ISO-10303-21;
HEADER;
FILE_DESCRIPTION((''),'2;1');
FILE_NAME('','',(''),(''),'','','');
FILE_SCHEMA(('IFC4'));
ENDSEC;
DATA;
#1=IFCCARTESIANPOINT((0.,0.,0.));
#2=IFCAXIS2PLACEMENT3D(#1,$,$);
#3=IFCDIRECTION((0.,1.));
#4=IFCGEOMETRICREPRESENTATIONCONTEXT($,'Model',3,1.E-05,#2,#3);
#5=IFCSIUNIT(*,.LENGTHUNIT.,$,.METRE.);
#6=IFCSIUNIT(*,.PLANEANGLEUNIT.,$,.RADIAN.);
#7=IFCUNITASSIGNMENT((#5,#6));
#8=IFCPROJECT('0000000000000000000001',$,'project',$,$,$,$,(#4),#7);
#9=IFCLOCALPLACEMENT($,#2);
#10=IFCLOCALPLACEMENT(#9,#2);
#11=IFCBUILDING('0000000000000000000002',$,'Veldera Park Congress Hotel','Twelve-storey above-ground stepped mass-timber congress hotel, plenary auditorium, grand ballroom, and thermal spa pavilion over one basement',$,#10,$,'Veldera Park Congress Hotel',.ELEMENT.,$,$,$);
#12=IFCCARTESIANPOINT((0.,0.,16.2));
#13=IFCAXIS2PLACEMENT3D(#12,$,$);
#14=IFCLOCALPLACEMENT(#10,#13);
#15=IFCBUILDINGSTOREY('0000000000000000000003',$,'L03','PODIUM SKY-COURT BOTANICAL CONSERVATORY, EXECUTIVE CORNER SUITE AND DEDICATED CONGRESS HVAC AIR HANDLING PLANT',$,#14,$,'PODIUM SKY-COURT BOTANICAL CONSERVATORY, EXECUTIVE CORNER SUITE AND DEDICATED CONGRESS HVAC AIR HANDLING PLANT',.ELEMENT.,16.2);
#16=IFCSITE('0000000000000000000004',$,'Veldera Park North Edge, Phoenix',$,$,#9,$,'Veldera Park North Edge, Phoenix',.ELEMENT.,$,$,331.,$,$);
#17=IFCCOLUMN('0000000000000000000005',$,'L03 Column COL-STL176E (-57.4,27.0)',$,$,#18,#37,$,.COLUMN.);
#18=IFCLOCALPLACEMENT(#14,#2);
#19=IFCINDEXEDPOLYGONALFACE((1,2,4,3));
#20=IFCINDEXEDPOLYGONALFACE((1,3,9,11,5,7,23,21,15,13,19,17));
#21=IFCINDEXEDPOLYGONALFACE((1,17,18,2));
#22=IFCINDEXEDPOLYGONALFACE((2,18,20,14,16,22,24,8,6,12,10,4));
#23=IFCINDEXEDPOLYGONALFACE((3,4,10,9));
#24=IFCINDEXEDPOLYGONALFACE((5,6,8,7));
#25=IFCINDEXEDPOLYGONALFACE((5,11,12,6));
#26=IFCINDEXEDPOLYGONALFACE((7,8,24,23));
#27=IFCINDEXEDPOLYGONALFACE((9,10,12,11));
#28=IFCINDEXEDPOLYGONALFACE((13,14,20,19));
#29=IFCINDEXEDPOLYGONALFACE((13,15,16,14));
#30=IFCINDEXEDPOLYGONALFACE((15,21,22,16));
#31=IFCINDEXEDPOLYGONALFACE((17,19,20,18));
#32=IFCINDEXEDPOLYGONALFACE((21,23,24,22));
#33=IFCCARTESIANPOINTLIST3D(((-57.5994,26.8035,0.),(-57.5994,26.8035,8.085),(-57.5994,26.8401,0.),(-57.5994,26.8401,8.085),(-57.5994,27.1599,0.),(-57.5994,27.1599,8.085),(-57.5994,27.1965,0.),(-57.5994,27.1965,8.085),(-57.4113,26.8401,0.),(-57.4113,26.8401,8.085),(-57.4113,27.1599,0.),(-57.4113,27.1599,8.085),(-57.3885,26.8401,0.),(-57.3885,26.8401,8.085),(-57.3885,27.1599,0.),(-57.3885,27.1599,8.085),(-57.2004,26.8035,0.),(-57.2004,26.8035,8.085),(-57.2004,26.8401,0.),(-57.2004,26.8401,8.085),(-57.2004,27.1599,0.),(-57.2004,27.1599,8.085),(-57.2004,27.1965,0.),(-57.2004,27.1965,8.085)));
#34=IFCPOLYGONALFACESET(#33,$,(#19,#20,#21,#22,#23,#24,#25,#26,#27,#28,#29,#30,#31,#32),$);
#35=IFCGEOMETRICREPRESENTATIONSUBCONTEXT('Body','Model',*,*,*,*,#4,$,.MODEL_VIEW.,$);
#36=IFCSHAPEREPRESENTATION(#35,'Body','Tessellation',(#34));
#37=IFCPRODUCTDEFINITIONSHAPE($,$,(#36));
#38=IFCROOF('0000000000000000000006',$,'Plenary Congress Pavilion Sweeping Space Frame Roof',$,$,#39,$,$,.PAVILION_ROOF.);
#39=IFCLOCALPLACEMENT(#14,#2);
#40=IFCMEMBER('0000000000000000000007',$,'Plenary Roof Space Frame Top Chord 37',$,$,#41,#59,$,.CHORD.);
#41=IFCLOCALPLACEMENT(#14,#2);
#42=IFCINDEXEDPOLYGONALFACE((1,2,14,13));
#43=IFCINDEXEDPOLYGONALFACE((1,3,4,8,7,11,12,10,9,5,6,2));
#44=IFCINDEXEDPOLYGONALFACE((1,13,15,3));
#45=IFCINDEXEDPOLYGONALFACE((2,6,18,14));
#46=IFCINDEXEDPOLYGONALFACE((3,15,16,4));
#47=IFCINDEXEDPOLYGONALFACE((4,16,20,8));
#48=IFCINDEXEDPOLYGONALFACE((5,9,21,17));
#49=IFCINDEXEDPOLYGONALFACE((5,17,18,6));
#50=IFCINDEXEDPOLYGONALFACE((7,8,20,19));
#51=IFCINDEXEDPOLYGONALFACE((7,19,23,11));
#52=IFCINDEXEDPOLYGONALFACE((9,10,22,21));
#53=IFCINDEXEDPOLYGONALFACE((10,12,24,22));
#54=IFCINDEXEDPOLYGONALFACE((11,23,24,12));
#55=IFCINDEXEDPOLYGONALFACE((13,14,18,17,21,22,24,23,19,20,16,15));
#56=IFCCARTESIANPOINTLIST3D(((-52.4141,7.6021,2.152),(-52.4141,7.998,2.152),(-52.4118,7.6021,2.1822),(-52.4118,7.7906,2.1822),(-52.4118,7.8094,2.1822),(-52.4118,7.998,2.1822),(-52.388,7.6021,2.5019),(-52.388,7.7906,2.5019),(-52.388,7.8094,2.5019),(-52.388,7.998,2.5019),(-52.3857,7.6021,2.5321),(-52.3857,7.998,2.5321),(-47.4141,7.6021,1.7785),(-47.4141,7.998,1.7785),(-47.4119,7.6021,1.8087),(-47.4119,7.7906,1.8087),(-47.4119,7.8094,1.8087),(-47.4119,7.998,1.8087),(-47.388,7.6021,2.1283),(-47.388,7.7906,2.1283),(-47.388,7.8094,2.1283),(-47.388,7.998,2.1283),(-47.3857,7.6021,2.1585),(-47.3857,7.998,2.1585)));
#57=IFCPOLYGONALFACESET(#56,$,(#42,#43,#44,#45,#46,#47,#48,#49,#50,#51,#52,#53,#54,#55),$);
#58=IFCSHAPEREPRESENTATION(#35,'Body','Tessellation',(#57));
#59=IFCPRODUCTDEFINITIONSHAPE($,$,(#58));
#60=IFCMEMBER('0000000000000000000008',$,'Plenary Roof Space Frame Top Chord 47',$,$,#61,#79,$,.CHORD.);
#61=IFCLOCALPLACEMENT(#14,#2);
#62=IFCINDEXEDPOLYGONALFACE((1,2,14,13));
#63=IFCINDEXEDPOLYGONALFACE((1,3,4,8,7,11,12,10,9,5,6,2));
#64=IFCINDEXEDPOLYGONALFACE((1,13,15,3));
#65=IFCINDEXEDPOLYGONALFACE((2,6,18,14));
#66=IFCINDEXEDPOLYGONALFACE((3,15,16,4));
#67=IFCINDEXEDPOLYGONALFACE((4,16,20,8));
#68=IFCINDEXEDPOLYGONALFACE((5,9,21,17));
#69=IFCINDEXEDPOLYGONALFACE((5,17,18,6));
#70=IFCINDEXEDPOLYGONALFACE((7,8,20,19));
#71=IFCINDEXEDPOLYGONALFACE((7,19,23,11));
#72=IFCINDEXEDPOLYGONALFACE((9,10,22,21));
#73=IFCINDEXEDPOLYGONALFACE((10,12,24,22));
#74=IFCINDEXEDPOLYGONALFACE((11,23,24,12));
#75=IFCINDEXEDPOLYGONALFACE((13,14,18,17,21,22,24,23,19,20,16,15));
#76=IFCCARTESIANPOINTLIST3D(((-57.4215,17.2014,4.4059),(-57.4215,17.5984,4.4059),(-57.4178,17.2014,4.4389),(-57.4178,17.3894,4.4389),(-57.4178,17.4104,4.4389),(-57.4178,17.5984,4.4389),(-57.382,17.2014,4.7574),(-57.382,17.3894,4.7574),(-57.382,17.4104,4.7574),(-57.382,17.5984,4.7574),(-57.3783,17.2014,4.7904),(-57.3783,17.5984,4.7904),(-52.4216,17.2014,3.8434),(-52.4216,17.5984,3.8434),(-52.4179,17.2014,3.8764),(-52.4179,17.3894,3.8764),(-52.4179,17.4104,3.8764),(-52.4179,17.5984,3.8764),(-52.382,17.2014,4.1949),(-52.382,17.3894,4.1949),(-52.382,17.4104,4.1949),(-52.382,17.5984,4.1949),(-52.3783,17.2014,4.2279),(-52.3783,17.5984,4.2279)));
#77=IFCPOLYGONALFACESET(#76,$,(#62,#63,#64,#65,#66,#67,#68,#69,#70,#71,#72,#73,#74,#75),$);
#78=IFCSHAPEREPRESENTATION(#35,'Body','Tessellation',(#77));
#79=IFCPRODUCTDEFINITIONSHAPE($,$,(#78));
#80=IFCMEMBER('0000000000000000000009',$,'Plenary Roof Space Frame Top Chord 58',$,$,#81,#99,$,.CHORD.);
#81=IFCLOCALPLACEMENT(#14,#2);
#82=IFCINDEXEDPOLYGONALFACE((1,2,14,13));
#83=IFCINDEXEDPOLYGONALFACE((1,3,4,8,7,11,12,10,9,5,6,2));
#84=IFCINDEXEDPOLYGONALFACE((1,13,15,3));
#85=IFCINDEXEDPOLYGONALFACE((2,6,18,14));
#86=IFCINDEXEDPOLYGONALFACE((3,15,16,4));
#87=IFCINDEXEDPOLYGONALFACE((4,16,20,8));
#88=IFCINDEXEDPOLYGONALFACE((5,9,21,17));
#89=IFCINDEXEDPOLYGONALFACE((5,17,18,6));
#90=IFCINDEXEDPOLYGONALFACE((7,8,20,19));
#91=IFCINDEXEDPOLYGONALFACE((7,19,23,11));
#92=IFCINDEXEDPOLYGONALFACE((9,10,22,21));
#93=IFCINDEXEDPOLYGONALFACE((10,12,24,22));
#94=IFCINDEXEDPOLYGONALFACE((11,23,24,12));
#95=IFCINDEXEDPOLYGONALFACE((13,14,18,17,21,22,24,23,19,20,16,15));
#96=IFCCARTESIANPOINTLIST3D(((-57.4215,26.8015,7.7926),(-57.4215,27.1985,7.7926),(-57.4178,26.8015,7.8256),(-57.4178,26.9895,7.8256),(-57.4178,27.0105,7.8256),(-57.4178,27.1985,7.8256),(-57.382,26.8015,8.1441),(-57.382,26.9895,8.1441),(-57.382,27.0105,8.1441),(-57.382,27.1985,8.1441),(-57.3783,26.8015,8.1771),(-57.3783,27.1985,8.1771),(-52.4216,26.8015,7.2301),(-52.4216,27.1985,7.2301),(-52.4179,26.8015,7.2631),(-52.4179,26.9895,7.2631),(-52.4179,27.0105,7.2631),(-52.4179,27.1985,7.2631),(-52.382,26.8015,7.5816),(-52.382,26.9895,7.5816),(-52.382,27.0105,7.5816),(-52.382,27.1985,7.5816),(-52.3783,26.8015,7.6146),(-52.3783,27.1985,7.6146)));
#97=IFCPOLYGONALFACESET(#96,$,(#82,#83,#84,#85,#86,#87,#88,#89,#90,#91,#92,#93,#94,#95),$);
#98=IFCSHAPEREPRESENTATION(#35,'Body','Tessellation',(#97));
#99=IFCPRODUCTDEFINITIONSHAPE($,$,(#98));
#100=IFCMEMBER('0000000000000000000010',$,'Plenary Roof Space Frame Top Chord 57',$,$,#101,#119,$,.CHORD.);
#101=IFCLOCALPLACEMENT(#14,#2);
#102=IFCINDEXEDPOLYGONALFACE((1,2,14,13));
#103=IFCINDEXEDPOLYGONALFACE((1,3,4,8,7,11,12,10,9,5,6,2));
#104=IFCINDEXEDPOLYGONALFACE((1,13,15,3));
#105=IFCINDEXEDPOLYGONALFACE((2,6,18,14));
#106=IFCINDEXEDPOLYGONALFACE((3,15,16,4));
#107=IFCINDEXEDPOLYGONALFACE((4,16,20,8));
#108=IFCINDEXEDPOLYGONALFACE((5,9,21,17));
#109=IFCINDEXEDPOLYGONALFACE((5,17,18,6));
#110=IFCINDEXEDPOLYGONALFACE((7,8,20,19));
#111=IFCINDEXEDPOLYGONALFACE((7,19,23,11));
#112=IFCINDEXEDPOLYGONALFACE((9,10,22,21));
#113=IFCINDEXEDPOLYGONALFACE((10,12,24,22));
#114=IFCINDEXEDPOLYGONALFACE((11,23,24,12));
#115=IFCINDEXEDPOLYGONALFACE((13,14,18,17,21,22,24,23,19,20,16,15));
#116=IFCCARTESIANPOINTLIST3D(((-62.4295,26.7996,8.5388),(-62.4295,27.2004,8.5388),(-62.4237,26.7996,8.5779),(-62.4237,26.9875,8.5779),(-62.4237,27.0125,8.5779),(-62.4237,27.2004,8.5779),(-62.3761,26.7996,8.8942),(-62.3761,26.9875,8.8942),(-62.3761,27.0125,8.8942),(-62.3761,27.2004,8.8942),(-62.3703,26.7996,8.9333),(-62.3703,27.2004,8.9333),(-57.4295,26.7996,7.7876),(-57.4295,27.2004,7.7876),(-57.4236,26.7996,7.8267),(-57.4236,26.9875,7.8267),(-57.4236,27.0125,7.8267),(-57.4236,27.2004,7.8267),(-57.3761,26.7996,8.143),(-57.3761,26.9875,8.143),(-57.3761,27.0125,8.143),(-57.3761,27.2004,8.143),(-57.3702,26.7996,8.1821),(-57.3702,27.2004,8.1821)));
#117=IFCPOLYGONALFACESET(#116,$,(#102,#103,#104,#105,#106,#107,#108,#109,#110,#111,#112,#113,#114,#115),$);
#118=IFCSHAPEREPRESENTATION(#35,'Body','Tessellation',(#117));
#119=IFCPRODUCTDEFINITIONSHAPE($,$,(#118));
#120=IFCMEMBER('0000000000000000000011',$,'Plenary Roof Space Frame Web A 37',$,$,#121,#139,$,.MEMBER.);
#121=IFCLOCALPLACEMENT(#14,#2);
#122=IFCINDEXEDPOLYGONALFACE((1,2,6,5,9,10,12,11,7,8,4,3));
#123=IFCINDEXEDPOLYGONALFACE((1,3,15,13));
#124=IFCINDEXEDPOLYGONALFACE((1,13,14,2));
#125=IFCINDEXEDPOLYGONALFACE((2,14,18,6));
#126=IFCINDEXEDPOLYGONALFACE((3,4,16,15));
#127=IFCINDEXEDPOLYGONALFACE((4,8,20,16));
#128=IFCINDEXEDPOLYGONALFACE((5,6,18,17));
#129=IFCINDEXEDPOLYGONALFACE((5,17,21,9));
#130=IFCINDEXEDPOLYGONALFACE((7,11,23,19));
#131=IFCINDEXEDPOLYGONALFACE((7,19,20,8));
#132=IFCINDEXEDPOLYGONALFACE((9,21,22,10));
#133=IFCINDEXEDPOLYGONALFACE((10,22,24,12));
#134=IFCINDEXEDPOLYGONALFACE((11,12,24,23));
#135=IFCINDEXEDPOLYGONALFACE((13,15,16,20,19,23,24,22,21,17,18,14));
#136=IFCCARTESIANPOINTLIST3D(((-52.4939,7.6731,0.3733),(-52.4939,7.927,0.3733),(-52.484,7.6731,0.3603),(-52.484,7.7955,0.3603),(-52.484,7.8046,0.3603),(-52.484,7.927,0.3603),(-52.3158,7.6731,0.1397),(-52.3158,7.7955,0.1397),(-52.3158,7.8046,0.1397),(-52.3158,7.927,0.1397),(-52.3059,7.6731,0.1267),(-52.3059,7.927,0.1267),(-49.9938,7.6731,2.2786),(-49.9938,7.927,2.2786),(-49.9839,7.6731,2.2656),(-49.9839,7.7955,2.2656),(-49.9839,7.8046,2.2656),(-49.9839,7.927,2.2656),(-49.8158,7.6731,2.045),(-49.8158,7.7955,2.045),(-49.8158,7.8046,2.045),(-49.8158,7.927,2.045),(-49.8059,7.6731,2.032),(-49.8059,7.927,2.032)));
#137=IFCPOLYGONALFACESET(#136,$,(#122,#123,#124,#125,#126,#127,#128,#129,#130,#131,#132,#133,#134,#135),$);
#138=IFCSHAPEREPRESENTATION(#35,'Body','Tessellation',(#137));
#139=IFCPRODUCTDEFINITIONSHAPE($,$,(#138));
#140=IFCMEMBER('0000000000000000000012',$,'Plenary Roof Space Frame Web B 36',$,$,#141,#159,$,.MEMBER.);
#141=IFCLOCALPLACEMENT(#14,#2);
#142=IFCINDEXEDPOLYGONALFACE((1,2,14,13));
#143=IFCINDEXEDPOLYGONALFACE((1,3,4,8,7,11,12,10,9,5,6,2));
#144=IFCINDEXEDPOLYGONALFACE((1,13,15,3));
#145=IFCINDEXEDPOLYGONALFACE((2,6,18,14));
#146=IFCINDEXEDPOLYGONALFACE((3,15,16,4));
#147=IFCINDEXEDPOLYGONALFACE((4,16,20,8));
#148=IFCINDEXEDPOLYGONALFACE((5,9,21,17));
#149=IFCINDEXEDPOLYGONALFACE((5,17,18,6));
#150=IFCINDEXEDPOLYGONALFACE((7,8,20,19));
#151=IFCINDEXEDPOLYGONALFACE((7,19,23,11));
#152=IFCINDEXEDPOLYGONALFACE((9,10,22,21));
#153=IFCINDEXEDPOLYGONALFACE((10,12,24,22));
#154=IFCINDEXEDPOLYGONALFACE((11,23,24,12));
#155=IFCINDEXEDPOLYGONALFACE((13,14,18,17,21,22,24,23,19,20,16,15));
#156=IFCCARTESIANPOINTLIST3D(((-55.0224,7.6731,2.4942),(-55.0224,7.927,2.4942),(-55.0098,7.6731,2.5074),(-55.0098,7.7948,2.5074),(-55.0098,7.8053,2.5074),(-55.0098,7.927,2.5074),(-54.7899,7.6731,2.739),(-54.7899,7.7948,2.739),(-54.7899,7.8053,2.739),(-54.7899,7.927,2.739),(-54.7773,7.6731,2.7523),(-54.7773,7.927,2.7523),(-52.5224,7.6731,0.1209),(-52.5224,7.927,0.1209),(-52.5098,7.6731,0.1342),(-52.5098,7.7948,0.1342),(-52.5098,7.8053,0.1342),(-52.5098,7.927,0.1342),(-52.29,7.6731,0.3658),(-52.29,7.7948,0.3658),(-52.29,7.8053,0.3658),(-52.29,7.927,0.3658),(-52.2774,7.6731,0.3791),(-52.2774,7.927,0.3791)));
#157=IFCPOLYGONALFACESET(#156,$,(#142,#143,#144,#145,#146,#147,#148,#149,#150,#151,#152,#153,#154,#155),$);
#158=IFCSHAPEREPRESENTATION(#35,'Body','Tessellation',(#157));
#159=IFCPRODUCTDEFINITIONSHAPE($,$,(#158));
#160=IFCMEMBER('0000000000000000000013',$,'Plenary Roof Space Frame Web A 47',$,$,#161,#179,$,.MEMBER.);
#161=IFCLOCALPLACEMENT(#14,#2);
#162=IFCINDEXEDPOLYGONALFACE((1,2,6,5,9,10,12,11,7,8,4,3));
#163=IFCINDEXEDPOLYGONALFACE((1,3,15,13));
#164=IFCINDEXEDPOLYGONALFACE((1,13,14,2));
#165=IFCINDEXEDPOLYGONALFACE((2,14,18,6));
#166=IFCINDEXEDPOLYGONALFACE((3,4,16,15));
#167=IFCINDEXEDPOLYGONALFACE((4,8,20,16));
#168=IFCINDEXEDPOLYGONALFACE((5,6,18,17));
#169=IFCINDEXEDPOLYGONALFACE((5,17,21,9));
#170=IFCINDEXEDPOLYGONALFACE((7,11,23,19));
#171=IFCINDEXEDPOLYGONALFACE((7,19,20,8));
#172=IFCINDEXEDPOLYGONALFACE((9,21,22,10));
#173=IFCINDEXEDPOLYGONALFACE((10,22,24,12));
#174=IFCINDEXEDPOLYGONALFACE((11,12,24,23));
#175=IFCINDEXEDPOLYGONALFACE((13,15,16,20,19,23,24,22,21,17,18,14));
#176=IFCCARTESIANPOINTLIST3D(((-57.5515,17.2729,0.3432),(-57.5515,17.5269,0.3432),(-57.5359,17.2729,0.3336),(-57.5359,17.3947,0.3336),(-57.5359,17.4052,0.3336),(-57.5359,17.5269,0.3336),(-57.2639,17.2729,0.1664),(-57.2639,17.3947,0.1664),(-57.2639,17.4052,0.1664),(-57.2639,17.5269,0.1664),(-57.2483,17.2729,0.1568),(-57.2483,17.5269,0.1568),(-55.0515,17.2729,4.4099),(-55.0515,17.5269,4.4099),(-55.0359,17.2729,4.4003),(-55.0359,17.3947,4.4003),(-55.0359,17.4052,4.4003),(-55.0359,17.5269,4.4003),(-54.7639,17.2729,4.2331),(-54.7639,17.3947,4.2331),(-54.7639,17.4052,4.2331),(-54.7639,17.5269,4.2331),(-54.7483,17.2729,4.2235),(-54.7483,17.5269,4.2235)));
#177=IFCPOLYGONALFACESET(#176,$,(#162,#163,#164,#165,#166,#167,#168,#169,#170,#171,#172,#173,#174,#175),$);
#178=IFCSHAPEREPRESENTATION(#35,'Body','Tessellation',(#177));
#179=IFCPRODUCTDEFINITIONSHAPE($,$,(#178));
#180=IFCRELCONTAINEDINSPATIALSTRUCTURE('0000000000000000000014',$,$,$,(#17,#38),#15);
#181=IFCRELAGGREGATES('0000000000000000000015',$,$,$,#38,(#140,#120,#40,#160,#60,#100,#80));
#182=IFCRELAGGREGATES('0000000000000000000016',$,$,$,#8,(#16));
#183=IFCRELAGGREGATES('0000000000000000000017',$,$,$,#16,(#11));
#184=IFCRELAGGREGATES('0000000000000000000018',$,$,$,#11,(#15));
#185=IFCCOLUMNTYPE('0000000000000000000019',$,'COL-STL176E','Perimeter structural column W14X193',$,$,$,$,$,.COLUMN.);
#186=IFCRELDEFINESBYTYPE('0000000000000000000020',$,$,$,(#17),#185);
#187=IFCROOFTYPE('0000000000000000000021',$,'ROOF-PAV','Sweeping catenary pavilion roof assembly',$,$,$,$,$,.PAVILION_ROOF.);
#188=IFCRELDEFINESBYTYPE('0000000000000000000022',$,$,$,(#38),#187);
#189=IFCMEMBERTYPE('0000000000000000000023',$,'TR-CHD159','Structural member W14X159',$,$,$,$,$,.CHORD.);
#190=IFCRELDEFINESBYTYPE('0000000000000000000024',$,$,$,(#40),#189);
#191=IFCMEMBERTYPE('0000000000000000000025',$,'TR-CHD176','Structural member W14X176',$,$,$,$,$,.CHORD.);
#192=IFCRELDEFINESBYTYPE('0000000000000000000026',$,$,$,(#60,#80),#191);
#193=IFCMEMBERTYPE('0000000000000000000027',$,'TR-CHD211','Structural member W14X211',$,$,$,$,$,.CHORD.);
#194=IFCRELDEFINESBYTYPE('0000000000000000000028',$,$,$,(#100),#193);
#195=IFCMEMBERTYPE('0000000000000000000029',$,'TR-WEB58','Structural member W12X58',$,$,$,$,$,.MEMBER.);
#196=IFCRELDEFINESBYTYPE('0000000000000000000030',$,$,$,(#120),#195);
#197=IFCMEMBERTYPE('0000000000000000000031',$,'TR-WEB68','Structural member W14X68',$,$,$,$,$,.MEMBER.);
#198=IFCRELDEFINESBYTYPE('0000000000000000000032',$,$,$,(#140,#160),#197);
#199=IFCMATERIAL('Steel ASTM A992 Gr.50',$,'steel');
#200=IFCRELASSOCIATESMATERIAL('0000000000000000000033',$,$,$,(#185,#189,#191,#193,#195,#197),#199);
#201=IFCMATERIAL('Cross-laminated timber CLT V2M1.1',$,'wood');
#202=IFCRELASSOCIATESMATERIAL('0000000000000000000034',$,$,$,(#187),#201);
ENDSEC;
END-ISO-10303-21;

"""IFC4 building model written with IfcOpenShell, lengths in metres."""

from ifc_helpers import new_model, si_unit, direction, frame, origin, origin_2d, place, context, subcontext, project, spatial, i_section, extrude, material, material_profile, profile_set, type_object, element, aggregate, save


model = new_model("IFC4")

# Units and contexts
model_context = context("Model", 3, precision=1e-05, world=origin(), true_north=direction((0.0, 1.0)))
body_context = subcontext(model_context, "Body", "Model", "MODEL_VIEW")
ifc_project = project(units=[si_unit("LENGTHUNIT", "METRE"), si_unit("PLANEANGLEUNIT", "RADIAN")], contexts=[model_context])

# Site, building, storey
site_placement = place(None, origin())
site = spatial("IfcSite", under=ifc_project, at=site_placement, Name="Veldera Park North Edge, Phoenix", LongName="Veldera Park North Edge, Phoenix", CompositionType="ELEMENT", RefElevation=331.0)
building_placement = place(site_placement, origin())
building = spatial("IfcBuilding", under=site, at=building_placement, Name="Veldera Park Congress Hotel", Description="Twelve-storey above-ground stepped mass-timber congress hotel, plenary auditorium, grand ballroom, and thermal spa pavilion over one basement", LongName="Veldera Park Congress Hotel", CompositionType="ELEMENT")
storey_placement = place(building_placement, frame((0.0, 0.0, 16.2)))
storey = spatial("IfcBuildingStorey", under=building, at=storey_placement, Name="L03", Description="PODIUM SKY-COURT BOTANICAL CONSERVATORY, EXECUTIVE CORNER SUITE AND DEDICATED CONGRESS HVAC AIR HANDLING PLANT", LongName="PODIUM SKY-COURT BOTANICAL CONSERVATORY, EXECUTIVE CORNER SUITE AND DEDICATED CONGRESS HVAC AIR HANDLING PLANT", CompositionType="ELEMENT", Elevation=16.2)

# Column
ifc_material_1 = material(Name="Steel ASTM A992 Gr.50", Category="steel")
ifc_material_profile_1 = material_profile(ifc_material_1, i_section(OverallWidth=0.3989, OverallDepth=0.3931, WebThickness=0.0227, FlangeThickness=0.0366, at=origin_2d()), Name="W14X193")
ifc_profile_set_1 = profile_set([ifc_material_profile_1], Name="Steel ASTM A992 Gr.50")
column_type = type_object("IfcColumnType", Name="COL-STL176E", Description="Perimeter structural column W14X193", PredefinedType="COLUMN", material=ifc_profile_set_1)
column_placement = place(storey_placement, frame((-57.3999, 27.0, 0.0), z_axis=(0.0, 0.0, 1.0), x_axis=(1.0, 0.0, 0.0)))
element("IfcColumn", 1, at=column_placement, inside=storey, type_object=column_type, Name="L03 Column COL-STL176E (-57.4,27.0)", PredefinedType="COLUMN", context=body_context, shape_type="SweptSolid", body=[
    extrude(i_section(OverallWidth=0.3989, OverallDepth=0.3931, WebThickness=0.0227, FlangeThickness=0.0366, at=origin_2d()), origin(), (0.0, 0.0, 1.0), 8.085),
])

# Roof, members
ifc_material_2 = material(Name="Cross-laminated timber CLT V2M1.1", Category="wood")
roof_type = type_object("IfcRoofType", Name="ROOF-PAV", Description="Sweeping catenary pavilion roof assembly", PredefinedType="PAVILION_ROOF", material=ifc_material_2)
roof_placement = place(storey_placement, origin())
roof = element("IfcRoof", 2, at=roof_placement, inside=storey, type_object=roof_type, Name="Plenary Congress Pavilion Sweeping Space Frame Roof", PredefinedType="PAVILION_ROOF")
ifc_material_profile_2 = material_profile(ifc_material_1, i_section(OverallWidth=0.396, OverallDepth=0.3811, WebThickness=0.0188, FlangeThickness=0.0303, at=origin_2d()), Name="W14X159")
ifc_profile_set_2 = profile_set([ifc_material_profile_2], Name="Steel ASTM A992 Gr.50")
member_type_1 = type_object("IfcMemberType", Name="TR-CHD159", Description="Structural member W14X159", PredefinedType="CHORD", material=ifc_profile_set_2)
member_1_placement = place(storey_placement, frame((-52.3999, 7.8, 2.342), z_axis=(0.997221, 0.0, -0.074499), x_axis=(0.0, 1.0, 0.0)))
member_1 = element("IfcMember", 3, at=member_1_placement, type_object=member_type_1, Name="Plenary Roof Space Frame Top Chord 37", PredefinedType="CHORD", context=body_context, shape_type="SweptSolid", body=[
    extrude(i_section(OverallWidth=0.396, OverallDepth=0.3811, WebThickness=0.0188, FlangeThickness=0.0303, at=origin_2d()), origin(), (0.0, 0.0, 1.0), 5.0139),
])
ifc_material_profile_3 = material_profile(ifc_material_1, i_section(OverallWidth=0.397, OverallDepth=0.387, WebThickness=0.021, FlangeThickness=0.0332, at=origin_2d()), Name="W14X176")
ifc_profile_set_3 = profile_set([ifc_material_profile_3], Name="Steel ASTM A992 Gr.50")
member_type_2 = type_object("IfcMemberType", Name="TR-CHD176", Description="Structural member W14X176", PredefinedType="CHORD", material=ifc_profile_set_3)
member_2_placement = place(storey_placement, frame((-57.3999, 17.3999, 4.5981), z_axis=(0.993731, 0.0, -0.111795), x_axis=(0.0, 1.0, 0.0)))
member_2 = element("IfcMember", 4, at=member_2_placement, type_object=member_type_2, Name="Plenary Roof Space Frame Top Chord 47", PredefinedType="CHORD", context=body_context, shape_type="SweptSolid", body=[
    extrude(i_section(OverallWidth=0.397, OverallDepth=0.387, WebThickness=0.021, FlangeThickness=0.0332, at=origin_2d()), origin(), (0.0, 0.0, 1.0), 5.0315),
])
member_3_placement = place(storey_placement, frame((-57.3999, 27.0, 7.9849), z_axis=(0.993731, 0.0, -0.111795), x_axis=(0.0, 1.0, 0.0)))
member_3 = element("IfcMember", 5, at=member_3_placement, type_object=member_type_2, Name="Plenary Roof Space Frame Top Chord 58", PredefinedType="CHORD", context=body_context, shape_type="SweptSolid", body=[
    extrude(i_section(OverallWidth=0.397, OverallDepth=0.387, WebThickness=0.021, FlangeThickness=0.0332, at=origin_2d()), origin(), (0.0, 0.0, 1.0), 5.0315),
])
ifc_material_profile_4 = material_profile(ifc_material_1, i_section(OverallWidth=0.4009, OverallDepth=0.3989, WebThickness=0.0249, FlangeThickness=0.0396, at=origin_2d()), Name="W14X211")
ifc_profile_set_4 = profile_set([ifc_material_profile_4], Name="Steel ASTM A992 Gr.50")
member_type_3 = type_object("IfcMemberType", Name="TR-CHD211", Description="Structural member W14X211", PredefinedType="CHORD", material=ifc_profile_set_4)
member_4_placement = place(storey_placement, frame((-62.3999, 27.0, 8.7361), z_axis=(0.988901, 0.0, -0.148577), x_axis=(0.0, 1.0, 0.0)))
member_4 = element("IfcMember", 6, at=member_4_placement, type_object=member_type_3, Name="Plenary Roof Space Frame Top Chord 57", PredefinedType="CHORD", context=body_context, shape_type="SweptSolid", body=[
    extrude(i_section(OverallWidth=0.4009, OverallDepth=0.3989, WebThickness=0.0249, FlangeThickness=0.0396, at=origin_2d()), origin(), (0.0, 0.0, 1.0), 5.0562),
])
ifc_material_profile_5 = material_profile(ifc_material_1, i_section(OverallWidth=0.2539, OverallDepth=0.3101, WebThickness=0.009, FlangeThickness=0.0164, at=origin_2d()), Name="W12X58")
ifc_profile_set_5 = profile_set([ifc_material_profile_5], Name="Steel ASTM A992 Gr.50")
member_type_4 = type_object("IfcMemberType", Name="TR-WEB58", Description="Structural member W12X58", PredefinedType="MEMBER", material=ifc_profile_set_5)
member_5_placement = place(storey_placement, frame((-52.3999, 7.8, 0.25), z_axis=(0.795353, 0.0, 0.606146), x_axis=(0.0, 1.0, 0.0)))
member_5 = element("IfcMember", 7, at=member_5_placement, type_object=member_type_4, Name="Plenary Roof Space Frame Web A 37", PredefinedType="MEMBER", context=body_context, shape_type="SweptSolid", body=[
    extrude(i_section(OverallWidth=0.2539, OverallDepth=0.3101, WebThickness=0.009, FlangeThickness=0.0164, at=origin_2d()), origin(), (0.0, 0.0, 1.0), 3.1433),
])
ifc_material_profile_6 = material_profile(ifc_material_1, i_section(OverallWidth=0.2539, OverallDepth=0.356, WebThickness=0.0105, FlangeThickness=0.0183, at=origin_2d()), Name="W14X68")
ifc_profile_set_6 = profile_set([ifc_material_profile_6], Name="Steel ASTM A992 Gr.50")
member_type_5 = type_object("IfcMemberType", Name="TR-WEB68", Description="Structural member W14X68", PredefinedType="MEMBER", material=ifc_profile_set_6)
member_6_placement = place(storey_placement, frame((-52.3999, 7.8, 0.25), z_axis=(-0.725247, 0.0, 0.688489), x_axis=(0.0, -1.0, 0.0)))
member_6 = element("IfcMember", 8, at=member_6_placement, type_object=member_type_5, Name="Plenary Roof Space Frame Web B 36", PredefinedType="MEMBER", context=body_context, shape_type="SweptSolid", body=[
    extrude(i_section(OverallWidth=0.2539, OverallDepth=0.356, WebThickness=0.0105, FlangeThickness=0.0183, at=origin_2d()), origin(), (0.0, 0.0, 1.0), 3.447),
])
member_7_placement = place(storey_placement, frame((-57.3999, 17.3999, 0.25), z_axis=(0.523709, 0.0, 0.851897), x_axis=(0.0, 1.0, 0.0)))
member_7 = element("IfcMember", 9, at=member_7_placement, type_object=member_type_5, Name="Plenary Roof Space Frame Web A 47", PredefinedType="MEMBER", context=body_context, shape_type="SweptSolid", body=[
    extrude(i_section(OverallWidth=0.2539, OverallDepth=0.356, WebThickness=0.0105, FlangeThickness=0.0183, at=origin_2d()), origin(), (0.0, 0.0, 1.0), 4.7737),
])
aggregate(roof, [member_6, member_5, member_1, member_7, member_2, member_4, member_3])

save(model, "model.ifc")
